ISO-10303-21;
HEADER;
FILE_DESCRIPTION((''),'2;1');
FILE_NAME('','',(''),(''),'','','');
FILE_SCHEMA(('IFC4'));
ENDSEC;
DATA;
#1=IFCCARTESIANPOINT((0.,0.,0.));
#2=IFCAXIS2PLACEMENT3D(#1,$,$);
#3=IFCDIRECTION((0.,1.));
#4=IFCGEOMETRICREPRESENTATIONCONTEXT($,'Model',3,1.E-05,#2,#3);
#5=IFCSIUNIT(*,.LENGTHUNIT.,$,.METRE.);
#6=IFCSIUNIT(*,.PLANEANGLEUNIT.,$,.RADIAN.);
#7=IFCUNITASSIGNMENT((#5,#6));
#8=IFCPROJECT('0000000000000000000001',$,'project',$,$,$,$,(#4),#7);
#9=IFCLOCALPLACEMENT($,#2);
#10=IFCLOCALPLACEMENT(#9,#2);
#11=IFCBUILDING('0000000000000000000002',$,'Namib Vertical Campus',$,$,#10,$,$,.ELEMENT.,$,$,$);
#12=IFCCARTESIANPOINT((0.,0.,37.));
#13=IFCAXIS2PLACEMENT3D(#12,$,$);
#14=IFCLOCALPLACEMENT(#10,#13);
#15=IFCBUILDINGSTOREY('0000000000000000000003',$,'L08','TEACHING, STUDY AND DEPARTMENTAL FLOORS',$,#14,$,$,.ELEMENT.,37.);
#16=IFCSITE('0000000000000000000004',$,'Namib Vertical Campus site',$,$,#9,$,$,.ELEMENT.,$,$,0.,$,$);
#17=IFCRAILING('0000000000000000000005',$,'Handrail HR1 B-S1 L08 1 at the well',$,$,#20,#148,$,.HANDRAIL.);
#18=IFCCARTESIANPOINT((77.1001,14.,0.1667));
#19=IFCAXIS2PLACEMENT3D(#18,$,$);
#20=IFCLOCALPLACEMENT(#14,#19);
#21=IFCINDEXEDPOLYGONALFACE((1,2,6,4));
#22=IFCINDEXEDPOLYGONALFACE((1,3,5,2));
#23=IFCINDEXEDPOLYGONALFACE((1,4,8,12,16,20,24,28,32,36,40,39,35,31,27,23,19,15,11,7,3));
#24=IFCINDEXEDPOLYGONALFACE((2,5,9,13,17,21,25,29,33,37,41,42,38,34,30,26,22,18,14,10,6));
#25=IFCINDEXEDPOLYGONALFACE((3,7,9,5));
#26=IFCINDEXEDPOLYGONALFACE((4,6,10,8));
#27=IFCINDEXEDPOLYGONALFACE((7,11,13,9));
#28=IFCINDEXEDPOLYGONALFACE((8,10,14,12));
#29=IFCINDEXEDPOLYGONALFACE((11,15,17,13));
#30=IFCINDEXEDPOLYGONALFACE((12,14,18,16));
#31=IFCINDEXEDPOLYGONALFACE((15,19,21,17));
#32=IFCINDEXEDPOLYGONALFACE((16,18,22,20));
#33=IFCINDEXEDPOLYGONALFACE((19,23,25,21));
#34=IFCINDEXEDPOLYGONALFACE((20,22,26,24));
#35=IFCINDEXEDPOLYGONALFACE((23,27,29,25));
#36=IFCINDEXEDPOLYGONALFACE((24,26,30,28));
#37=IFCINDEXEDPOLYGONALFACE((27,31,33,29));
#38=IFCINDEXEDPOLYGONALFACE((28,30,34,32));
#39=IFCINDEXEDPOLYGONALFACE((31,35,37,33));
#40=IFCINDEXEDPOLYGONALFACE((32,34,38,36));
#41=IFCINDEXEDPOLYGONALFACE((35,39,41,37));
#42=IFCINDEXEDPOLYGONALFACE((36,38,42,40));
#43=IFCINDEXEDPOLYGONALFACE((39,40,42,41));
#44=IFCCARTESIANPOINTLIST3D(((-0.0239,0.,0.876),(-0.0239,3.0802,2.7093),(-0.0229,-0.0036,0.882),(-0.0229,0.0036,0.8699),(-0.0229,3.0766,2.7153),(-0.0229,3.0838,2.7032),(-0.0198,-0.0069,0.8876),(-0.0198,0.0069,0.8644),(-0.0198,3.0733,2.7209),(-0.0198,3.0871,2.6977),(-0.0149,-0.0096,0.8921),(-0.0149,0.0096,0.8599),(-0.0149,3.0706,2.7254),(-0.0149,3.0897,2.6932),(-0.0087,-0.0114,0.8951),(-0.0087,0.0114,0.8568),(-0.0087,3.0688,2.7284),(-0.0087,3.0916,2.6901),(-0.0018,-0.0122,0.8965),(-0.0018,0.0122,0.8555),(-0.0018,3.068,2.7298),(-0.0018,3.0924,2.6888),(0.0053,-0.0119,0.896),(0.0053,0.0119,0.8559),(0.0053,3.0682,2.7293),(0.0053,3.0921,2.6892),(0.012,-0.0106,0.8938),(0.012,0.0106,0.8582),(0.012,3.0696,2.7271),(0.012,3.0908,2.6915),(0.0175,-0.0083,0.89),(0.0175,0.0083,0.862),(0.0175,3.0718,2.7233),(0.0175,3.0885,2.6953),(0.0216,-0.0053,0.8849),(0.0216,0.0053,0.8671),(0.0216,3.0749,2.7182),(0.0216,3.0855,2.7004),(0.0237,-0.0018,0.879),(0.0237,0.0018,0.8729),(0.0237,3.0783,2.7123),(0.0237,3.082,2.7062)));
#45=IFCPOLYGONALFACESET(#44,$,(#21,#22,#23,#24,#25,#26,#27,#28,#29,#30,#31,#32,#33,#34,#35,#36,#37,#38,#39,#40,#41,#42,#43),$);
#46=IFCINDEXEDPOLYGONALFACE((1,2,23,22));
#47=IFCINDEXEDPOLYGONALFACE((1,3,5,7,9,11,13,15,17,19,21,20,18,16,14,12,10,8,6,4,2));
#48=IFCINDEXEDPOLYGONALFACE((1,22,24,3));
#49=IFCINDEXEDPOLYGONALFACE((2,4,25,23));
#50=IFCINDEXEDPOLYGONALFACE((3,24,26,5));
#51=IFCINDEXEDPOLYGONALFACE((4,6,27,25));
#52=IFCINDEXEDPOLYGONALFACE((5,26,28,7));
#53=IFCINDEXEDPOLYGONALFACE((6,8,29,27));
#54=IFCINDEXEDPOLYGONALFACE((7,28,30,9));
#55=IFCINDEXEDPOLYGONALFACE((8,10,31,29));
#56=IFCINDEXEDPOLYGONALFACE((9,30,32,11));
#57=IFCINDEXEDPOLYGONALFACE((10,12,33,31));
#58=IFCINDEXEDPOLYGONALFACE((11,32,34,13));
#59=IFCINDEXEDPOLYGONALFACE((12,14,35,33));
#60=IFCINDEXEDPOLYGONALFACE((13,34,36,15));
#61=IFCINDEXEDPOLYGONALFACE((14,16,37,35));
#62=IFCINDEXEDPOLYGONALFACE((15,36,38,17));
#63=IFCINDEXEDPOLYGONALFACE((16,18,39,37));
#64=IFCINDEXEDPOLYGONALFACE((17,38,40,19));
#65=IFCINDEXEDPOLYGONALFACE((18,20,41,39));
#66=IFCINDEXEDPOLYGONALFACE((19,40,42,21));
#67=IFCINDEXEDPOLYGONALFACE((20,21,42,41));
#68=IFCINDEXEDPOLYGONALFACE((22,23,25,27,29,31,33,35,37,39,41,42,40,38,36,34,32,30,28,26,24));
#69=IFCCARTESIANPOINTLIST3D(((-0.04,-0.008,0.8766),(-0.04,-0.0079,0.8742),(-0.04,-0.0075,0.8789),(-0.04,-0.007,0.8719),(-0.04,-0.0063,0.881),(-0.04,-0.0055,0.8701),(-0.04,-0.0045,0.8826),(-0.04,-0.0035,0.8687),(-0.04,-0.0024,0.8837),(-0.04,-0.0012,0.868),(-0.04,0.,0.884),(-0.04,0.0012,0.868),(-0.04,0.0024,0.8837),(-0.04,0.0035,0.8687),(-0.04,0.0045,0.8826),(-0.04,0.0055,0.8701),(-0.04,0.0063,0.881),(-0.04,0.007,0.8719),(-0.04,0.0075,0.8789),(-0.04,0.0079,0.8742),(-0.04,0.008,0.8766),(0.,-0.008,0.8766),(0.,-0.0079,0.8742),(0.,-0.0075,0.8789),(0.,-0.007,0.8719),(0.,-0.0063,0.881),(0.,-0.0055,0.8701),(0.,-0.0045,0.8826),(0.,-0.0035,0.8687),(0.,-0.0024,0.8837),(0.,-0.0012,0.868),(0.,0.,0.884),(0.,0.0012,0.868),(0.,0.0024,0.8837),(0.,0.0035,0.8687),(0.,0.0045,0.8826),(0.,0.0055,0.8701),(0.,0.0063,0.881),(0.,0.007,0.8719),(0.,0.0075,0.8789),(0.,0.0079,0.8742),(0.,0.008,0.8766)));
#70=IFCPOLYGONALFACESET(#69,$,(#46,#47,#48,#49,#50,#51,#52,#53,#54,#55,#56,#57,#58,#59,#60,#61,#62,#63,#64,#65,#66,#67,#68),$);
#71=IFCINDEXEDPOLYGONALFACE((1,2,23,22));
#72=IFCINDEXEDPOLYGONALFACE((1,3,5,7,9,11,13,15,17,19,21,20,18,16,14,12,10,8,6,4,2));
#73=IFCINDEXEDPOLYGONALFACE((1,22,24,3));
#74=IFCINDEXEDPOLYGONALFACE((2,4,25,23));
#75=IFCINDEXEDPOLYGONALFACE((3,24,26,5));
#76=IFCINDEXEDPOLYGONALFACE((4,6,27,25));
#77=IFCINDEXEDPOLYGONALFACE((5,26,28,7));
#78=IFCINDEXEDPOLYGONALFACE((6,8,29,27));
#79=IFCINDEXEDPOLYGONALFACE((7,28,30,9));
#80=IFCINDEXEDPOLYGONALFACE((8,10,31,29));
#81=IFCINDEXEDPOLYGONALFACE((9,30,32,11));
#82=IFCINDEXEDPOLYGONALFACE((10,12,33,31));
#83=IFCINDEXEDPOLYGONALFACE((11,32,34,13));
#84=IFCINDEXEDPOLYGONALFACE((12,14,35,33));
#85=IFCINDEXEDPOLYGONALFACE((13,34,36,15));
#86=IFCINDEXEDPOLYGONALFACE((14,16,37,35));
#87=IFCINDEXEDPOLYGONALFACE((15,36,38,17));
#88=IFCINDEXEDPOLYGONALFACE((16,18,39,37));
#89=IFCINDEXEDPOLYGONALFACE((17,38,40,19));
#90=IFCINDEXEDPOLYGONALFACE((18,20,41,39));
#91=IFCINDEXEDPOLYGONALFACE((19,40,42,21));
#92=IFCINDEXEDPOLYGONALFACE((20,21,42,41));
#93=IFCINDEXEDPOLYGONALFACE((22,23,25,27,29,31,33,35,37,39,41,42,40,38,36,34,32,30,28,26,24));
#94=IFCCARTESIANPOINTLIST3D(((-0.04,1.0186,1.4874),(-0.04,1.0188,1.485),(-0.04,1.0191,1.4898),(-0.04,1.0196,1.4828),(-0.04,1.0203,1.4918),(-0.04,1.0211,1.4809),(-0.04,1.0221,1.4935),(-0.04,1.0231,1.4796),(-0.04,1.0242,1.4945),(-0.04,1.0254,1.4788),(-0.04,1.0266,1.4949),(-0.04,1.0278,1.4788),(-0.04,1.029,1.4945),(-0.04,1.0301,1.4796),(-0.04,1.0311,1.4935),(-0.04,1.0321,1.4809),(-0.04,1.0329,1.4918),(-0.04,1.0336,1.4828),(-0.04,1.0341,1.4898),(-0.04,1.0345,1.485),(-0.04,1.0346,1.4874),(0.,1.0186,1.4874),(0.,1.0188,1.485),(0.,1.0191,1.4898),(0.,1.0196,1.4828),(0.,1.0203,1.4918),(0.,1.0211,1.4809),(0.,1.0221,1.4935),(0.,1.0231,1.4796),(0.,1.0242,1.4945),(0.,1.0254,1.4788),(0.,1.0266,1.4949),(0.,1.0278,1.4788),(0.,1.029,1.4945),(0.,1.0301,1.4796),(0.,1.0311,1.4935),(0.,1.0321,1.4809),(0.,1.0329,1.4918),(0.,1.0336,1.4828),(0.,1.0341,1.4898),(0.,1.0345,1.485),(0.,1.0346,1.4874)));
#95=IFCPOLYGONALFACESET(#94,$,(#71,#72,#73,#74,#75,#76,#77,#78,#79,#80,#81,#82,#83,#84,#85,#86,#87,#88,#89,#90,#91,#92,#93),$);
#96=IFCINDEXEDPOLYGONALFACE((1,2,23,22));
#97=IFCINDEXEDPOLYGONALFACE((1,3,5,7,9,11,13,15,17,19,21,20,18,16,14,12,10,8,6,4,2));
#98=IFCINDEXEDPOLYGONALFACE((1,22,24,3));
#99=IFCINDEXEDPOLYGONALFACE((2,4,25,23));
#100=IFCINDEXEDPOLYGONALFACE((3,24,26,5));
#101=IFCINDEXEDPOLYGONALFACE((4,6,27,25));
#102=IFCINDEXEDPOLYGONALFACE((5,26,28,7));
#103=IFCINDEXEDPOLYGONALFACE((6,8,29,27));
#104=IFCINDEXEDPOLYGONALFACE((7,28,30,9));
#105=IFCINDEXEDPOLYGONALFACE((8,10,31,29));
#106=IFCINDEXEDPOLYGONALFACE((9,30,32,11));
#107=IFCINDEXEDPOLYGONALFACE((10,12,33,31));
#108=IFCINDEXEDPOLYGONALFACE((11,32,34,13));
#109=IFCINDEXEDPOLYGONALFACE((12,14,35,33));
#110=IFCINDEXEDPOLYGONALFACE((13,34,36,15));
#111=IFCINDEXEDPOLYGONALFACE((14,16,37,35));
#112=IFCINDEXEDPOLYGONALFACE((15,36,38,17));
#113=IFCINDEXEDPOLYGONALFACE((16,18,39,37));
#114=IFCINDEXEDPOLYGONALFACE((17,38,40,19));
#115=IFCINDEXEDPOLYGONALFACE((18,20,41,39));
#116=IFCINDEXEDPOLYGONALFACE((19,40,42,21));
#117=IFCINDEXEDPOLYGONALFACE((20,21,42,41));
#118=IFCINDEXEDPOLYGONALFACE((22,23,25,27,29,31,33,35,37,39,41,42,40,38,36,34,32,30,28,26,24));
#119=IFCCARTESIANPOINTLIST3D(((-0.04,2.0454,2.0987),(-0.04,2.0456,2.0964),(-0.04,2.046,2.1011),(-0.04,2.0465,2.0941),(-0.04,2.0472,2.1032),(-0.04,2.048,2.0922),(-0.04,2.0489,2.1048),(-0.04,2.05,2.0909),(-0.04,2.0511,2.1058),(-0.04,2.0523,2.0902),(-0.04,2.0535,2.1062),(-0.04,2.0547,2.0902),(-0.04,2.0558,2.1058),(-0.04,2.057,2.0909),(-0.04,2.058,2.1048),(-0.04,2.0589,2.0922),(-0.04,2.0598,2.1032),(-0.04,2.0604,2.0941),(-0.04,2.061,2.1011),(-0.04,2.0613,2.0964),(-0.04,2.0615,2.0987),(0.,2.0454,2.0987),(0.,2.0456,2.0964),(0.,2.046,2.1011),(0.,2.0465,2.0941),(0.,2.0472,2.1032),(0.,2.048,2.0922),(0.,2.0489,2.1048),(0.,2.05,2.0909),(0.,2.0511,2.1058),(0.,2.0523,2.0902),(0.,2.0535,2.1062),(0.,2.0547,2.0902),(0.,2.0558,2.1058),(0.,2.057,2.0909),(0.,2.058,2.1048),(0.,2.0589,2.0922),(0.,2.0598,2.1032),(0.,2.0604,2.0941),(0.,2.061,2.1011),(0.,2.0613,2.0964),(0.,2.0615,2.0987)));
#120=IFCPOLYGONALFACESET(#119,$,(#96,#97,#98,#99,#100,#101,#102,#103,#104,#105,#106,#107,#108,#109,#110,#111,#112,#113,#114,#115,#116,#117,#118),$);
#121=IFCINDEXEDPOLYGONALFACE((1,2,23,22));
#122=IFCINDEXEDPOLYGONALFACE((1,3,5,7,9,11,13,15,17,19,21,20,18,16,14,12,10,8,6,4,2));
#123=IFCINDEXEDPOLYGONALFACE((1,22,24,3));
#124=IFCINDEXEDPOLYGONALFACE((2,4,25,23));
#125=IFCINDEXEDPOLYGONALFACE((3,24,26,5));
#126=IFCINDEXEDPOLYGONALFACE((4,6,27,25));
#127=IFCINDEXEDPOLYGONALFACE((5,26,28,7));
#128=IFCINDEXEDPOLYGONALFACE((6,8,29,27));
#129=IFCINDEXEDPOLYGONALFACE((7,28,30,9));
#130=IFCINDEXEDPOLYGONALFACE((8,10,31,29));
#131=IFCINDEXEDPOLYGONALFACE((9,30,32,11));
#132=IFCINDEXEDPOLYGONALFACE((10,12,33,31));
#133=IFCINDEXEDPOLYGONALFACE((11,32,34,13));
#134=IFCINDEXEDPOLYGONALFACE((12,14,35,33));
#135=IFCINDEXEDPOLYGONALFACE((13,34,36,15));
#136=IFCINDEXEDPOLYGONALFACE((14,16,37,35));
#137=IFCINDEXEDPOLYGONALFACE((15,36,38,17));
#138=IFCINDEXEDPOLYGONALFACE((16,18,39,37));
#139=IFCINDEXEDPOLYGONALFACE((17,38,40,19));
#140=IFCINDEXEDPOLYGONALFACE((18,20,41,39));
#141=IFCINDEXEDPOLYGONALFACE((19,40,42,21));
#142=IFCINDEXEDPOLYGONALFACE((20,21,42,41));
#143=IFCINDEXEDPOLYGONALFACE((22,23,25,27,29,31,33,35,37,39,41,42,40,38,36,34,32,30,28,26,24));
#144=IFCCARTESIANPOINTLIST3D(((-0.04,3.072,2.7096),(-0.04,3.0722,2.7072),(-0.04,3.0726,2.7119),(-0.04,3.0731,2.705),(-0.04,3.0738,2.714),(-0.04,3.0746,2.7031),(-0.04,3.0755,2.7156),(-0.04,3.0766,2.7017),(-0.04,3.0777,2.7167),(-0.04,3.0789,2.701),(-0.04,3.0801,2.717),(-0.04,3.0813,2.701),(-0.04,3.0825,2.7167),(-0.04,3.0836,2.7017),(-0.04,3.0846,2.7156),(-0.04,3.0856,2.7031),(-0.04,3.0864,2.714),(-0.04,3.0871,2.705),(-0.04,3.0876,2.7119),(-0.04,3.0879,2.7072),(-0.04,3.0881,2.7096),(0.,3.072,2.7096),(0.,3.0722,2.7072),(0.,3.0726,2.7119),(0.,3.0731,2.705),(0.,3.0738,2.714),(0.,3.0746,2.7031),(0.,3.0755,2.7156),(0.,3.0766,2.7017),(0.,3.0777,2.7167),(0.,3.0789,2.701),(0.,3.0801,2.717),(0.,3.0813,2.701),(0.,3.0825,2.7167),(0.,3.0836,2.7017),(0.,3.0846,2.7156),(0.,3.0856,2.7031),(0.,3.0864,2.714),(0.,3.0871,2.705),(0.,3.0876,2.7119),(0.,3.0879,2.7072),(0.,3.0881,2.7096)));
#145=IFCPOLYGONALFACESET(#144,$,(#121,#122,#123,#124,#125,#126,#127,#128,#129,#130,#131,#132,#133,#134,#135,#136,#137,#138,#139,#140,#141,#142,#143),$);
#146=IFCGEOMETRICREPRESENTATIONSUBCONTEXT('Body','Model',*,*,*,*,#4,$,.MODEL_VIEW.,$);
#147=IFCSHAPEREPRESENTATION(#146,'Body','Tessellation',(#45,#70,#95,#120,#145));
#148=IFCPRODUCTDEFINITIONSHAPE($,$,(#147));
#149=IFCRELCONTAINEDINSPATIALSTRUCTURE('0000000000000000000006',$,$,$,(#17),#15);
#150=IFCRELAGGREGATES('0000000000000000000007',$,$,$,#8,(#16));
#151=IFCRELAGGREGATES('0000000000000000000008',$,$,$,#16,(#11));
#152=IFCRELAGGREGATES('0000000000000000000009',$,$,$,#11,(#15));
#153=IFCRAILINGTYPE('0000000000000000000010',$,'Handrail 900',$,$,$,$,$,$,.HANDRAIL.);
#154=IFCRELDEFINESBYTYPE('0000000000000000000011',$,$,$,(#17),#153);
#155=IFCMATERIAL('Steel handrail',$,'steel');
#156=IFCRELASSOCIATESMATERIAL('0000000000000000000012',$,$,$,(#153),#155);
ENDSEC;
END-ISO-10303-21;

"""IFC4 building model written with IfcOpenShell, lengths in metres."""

from ifc_helpers import new_model, si_unit, direction, frame, origin, origin_2d, place, context, subcontext, project, spatial, circle, extrude, material, type_object, element, save


model = new_model("IFC4")

# Units and contexts
model_context = context("Model", 3, precision=1e-05, world=origin(), true_north=direction((0.0, 1.0)))
body_context = subcontext(model_context, "Body", "Model", "MODEL_VIEW")
ifc_project = project(units=[si_unit("LENGTHUNIT", "METRE"), si_unit("PLANEANGLEUNIT", "RADIAN")], contexts=[model_context])

# Site, building, storey
site_placement = place(None, origin())
site = spatial("IfcSite", under=ifc_project, at=site_placement, Name="Namib Vertical Campus site", CompositionType="ELEMENT", RefElevation=0.0)
building_placement = place(site_placement, origin())
building = spatial("IfcBuilding", under=site, at=building_placement, Name="Namib Vertical Campus", CompositionType="ELEMENT")
storey_placement = place(building_placement, frame((0.0, 0.0, 37.0)))
storey = spatial("IfcBuildingStorey", under=building, at=storey_placement, Name="L08", Description="TEACHING, STUDY AND DEPARTMENTAL FLOORS", CompositionType="ELEMENT", Elevation=37.0)

# Railing
ifc_material_1 = material(Name="Steel handrail", Category="steel")
railing_type_1 = type_object("IfcRailingType", Name="Handrail 900", PredefinedType="HANDRAIL", material=ifc_material_1)
railing_1_placement = place(storey_placement, frame((77.1001, 14.0, 0.1667)))
element("IfcRailing", 1, at=railing_1_placement, inside=storey, type_object=railing_type_1, Name="Handrail HR1 B-S1 L08 1 at the well", PredefinedType="HANDRAIL", context=body_context, shape_type="SweptSolid", body=[
    extrude(circle(Radius=0.0239, at=origin_2d()), frame((0.0, 0.0, 0.876), z_axis=(0.0, 0.859309, 0.511458), x_axis=(-1.0, 0.0, 0.0)), (0.0, 0.0, 1.0), 3.5845),
    extrude(circle(Radius=0.0081, at=origin_2d()), frame((0.0, 0.0, 0.876), z_axis=(-1.0, 0.0, 0.0), x_axis=(0.0, 0.0, 1.0)), (0.0, 0.0, 1.0), 0.04),
    extrude(circle(Radius=0.0081, at=origin_2d()), frame((0.0, 1.0266, 1.4868), z_axis=(-1.0, 0.0, 0.0), x_axis=(0.0, 0.0, 1.0)), (0.0, 0.0, 1.0), 0.04),
    extrude(circle(Radius=0.0081, at=origin_2d()), frame((0.0, 2.0535, 2.0981), z_axis=(-1.0, 0.0, 0.0), x_axis=(0.0, 0.0, 1.0)), (0.0, 0.0, 1.0), 0.04),
    extrude(circle(Radius=0.0081, at=origin_2d()), frame((0.0, 3.0801, 2.709), z_axis=(-1.0, 0.0, 0.0), x_axis=(0.0, 0.0, 1.0)), (0.0, 0.0, 1.0), 0.04),
])

save(model, "model.ifc")
